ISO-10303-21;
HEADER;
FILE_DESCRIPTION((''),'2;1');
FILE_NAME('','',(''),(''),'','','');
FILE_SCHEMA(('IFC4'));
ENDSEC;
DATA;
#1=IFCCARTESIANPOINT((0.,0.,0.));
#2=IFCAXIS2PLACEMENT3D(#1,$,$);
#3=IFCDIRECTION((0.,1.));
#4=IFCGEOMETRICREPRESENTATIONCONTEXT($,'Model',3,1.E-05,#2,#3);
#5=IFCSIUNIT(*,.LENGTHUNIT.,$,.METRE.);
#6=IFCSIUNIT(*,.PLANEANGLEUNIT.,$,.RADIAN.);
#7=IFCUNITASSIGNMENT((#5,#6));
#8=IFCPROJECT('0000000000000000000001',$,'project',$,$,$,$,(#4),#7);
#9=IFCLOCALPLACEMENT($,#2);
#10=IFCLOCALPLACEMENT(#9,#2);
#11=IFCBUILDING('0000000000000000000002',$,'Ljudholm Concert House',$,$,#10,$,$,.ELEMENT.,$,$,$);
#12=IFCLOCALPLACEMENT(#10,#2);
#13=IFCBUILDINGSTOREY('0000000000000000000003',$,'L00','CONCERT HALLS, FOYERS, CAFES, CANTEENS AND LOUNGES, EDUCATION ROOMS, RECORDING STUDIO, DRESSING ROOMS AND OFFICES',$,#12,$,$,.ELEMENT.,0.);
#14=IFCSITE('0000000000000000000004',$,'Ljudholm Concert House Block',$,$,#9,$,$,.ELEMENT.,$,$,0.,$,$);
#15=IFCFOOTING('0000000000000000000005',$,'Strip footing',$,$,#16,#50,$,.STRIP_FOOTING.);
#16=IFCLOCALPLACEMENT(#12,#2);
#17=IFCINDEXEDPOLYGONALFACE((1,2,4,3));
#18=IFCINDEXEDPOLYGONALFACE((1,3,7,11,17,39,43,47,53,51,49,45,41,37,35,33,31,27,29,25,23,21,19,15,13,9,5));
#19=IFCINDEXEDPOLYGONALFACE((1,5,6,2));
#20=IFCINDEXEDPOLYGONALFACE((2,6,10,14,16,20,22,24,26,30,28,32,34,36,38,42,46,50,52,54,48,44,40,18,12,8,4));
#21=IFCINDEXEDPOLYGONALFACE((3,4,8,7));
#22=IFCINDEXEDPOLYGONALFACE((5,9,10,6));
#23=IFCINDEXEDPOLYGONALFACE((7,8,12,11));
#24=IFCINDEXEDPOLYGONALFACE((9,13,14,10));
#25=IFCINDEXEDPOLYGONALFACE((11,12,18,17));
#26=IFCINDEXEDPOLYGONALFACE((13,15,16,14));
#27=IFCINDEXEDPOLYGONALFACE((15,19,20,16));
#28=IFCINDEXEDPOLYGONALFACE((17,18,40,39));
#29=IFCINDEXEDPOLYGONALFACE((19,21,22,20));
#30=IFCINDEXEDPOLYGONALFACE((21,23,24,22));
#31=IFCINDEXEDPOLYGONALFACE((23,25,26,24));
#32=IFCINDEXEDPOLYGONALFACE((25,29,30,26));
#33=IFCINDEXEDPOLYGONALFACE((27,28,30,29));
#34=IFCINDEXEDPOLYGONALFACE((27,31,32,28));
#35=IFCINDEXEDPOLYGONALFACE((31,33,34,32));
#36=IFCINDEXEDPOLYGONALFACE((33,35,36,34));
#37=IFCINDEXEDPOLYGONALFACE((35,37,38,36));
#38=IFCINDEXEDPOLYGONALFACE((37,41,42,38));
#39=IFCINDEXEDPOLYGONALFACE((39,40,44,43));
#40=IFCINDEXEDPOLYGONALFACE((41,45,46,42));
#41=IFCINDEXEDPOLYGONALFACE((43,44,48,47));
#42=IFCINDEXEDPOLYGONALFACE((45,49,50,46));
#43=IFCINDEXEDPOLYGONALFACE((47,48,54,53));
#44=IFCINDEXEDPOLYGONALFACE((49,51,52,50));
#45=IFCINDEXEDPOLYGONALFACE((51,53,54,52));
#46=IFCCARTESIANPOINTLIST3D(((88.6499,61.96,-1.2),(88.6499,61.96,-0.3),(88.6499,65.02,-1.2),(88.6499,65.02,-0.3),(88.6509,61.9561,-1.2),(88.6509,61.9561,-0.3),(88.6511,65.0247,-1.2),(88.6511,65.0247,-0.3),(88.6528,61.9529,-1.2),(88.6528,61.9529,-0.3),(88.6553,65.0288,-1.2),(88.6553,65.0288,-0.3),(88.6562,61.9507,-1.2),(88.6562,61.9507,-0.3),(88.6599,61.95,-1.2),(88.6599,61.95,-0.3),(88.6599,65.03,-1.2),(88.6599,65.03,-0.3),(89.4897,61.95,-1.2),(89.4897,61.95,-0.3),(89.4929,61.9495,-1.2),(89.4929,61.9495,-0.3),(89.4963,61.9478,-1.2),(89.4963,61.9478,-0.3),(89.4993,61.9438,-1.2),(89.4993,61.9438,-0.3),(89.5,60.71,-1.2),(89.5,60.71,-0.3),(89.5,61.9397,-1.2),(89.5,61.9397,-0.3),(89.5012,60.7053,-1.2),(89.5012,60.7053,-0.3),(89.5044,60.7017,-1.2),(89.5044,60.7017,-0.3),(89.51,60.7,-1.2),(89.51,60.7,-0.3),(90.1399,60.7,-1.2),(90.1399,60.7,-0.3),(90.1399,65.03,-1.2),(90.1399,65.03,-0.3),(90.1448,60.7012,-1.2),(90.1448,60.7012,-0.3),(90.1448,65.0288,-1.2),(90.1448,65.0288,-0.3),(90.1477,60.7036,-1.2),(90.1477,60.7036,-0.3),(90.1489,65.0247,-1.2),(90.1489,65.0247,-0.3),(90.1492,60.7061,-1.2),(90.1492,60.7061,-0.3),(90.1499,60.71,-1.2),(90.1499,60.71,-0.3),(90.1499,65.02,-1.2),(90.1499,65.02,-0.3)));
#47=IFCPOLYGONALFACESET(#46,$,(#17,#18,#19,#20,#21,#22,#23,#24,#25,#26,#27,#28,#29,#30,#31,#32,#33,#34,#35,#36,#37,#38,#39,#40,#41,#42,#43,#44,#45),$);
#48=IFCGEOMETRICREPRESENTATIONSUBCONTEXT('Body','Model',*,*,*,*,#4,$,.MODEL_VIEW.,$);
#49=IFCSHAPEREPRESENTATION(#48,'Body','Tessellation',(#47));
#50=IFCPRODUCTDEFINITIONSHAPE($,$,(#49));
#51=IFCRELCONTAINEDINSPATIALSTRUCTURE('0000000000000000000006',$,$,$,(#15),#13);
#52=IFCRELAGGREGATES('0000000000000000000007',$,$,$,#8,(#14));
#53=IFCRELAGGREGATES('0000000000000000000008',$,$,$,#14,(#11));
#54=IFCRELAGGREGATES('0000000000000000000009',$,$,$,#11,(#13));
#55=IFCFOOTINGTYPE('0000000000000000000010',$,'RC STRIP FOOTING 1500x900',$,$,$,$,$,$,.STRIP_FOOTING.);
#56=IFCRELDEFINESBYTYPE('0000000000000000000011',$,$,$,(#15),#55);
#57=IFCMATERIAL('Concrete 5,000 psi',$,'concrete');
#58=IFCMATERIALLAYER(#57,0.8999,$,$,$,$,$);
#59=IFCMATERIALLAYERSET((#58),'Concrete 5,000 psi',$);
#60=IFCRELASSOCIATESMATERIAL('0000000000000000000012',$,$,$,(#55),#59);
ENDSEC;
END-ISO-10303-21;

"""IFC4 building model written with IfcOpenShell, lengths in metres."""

from ifc_helpers import new_model, si_unit, direction, frame, origin, place, context, subcontext, project, spatial, polyline, outline, extrude, material, layer, layer_set, type_object, element, save


model = new_model("IFC4")

# Units and contexts
model_context = context("Model", 3, precision=1e-05, world=origin(), true_north=direction((0.0, 1.0)))
body_context = subcontext(model_context, "Body", "Model", "MODEL_VIEW")
ifc_project = project(units=[si_unit("LENGTHUNIT", "METRE"), si_unit("PLANEANGLEUNIT", "RADIAN")], contexts=[model_context])

# Site, building, storey
site_placement = place(None, origin())
site = spatial("IfcSite", under=ifc_project, at=site_placement, Name="Ljudholm Concert House Block", CompositionType="ELEMENT", RefElevation=0.0)
building_placement = place(site_placement, origin())
building = spatial("IfcBuilding", under=site, at=building_placement, Name="Ljudholm Concert House", CompositionType="ELEMENT")
storey_placement = place(building_placement, origin())
storey = spatial("IfcBuildingStorey", under=building, at=storey_placement, Name="L00", Description="CONCERT HALLS, FOYERS, CAFES, CANTEENS AND LOUNGES, EDUCATION ROOMS, RECORDING STUDIO, DRESSING ROOMS AND OFFICES", CompositionType="ELEMENT", Elevation=0.0)

# Footing
ifc_material = material(Name="Concrete 5,000 psi", Category="concrete")
ifc_layer = layer(ifc_material, 0.8999)
ifc_layer_set = layer_set([ifc_layer], Name="Concrete 5,000 psi")
footing_type = type_object("IfcFootingType", Name="RC STRIP FOOTING 1500x900", PredefinedType="STRIP_FOOTING", material=ifc_layer_set)
footing_1_placement = place(storey_placement, frame((0.0, 0.0, -1.2)))
element("IfcFooting", 1, at=footing_1_placement, inside=storey, type_object=footing_type, Name="Strip footing", PredefinedType="STRIP_FOOTING", context=body_context, shape_type="SweptSolid", body=[
    extrude(outline(polyline([(88.6599, 61.95), (89.4897, 61.95), (89.4929, 61.9495), (89.4963, 61.9478), (89.4993, 61.9438), (89.5, 61.9397), (89.5, 60.71), (89.5012, 60.7053), (89.5044, 60.7017), (89.51, 60.7), (90.1399, 60.7), (90.1448, 60.7012), (90.1477, 60.7036), (90.1492, 60.7061), (90.1499, 60.71), (90.1499, 65.02), (90.1489, 65.0247), (90.1448, 65.0288), (90.1399, 65.03), (88.6599, 65.03), (88.6553, 65.0288), (88.6511, 65.0247), (88.6499, 65.02), (88.6499, 61.96), (88.6509, 61.9561), (88.6528, 61.9529), (88.6562, 61.9507), (88.6599, 61.95)])), origin(), (0.0, 0.0, 1.0), 0.8999),
])

save(model, "model.ifc")
